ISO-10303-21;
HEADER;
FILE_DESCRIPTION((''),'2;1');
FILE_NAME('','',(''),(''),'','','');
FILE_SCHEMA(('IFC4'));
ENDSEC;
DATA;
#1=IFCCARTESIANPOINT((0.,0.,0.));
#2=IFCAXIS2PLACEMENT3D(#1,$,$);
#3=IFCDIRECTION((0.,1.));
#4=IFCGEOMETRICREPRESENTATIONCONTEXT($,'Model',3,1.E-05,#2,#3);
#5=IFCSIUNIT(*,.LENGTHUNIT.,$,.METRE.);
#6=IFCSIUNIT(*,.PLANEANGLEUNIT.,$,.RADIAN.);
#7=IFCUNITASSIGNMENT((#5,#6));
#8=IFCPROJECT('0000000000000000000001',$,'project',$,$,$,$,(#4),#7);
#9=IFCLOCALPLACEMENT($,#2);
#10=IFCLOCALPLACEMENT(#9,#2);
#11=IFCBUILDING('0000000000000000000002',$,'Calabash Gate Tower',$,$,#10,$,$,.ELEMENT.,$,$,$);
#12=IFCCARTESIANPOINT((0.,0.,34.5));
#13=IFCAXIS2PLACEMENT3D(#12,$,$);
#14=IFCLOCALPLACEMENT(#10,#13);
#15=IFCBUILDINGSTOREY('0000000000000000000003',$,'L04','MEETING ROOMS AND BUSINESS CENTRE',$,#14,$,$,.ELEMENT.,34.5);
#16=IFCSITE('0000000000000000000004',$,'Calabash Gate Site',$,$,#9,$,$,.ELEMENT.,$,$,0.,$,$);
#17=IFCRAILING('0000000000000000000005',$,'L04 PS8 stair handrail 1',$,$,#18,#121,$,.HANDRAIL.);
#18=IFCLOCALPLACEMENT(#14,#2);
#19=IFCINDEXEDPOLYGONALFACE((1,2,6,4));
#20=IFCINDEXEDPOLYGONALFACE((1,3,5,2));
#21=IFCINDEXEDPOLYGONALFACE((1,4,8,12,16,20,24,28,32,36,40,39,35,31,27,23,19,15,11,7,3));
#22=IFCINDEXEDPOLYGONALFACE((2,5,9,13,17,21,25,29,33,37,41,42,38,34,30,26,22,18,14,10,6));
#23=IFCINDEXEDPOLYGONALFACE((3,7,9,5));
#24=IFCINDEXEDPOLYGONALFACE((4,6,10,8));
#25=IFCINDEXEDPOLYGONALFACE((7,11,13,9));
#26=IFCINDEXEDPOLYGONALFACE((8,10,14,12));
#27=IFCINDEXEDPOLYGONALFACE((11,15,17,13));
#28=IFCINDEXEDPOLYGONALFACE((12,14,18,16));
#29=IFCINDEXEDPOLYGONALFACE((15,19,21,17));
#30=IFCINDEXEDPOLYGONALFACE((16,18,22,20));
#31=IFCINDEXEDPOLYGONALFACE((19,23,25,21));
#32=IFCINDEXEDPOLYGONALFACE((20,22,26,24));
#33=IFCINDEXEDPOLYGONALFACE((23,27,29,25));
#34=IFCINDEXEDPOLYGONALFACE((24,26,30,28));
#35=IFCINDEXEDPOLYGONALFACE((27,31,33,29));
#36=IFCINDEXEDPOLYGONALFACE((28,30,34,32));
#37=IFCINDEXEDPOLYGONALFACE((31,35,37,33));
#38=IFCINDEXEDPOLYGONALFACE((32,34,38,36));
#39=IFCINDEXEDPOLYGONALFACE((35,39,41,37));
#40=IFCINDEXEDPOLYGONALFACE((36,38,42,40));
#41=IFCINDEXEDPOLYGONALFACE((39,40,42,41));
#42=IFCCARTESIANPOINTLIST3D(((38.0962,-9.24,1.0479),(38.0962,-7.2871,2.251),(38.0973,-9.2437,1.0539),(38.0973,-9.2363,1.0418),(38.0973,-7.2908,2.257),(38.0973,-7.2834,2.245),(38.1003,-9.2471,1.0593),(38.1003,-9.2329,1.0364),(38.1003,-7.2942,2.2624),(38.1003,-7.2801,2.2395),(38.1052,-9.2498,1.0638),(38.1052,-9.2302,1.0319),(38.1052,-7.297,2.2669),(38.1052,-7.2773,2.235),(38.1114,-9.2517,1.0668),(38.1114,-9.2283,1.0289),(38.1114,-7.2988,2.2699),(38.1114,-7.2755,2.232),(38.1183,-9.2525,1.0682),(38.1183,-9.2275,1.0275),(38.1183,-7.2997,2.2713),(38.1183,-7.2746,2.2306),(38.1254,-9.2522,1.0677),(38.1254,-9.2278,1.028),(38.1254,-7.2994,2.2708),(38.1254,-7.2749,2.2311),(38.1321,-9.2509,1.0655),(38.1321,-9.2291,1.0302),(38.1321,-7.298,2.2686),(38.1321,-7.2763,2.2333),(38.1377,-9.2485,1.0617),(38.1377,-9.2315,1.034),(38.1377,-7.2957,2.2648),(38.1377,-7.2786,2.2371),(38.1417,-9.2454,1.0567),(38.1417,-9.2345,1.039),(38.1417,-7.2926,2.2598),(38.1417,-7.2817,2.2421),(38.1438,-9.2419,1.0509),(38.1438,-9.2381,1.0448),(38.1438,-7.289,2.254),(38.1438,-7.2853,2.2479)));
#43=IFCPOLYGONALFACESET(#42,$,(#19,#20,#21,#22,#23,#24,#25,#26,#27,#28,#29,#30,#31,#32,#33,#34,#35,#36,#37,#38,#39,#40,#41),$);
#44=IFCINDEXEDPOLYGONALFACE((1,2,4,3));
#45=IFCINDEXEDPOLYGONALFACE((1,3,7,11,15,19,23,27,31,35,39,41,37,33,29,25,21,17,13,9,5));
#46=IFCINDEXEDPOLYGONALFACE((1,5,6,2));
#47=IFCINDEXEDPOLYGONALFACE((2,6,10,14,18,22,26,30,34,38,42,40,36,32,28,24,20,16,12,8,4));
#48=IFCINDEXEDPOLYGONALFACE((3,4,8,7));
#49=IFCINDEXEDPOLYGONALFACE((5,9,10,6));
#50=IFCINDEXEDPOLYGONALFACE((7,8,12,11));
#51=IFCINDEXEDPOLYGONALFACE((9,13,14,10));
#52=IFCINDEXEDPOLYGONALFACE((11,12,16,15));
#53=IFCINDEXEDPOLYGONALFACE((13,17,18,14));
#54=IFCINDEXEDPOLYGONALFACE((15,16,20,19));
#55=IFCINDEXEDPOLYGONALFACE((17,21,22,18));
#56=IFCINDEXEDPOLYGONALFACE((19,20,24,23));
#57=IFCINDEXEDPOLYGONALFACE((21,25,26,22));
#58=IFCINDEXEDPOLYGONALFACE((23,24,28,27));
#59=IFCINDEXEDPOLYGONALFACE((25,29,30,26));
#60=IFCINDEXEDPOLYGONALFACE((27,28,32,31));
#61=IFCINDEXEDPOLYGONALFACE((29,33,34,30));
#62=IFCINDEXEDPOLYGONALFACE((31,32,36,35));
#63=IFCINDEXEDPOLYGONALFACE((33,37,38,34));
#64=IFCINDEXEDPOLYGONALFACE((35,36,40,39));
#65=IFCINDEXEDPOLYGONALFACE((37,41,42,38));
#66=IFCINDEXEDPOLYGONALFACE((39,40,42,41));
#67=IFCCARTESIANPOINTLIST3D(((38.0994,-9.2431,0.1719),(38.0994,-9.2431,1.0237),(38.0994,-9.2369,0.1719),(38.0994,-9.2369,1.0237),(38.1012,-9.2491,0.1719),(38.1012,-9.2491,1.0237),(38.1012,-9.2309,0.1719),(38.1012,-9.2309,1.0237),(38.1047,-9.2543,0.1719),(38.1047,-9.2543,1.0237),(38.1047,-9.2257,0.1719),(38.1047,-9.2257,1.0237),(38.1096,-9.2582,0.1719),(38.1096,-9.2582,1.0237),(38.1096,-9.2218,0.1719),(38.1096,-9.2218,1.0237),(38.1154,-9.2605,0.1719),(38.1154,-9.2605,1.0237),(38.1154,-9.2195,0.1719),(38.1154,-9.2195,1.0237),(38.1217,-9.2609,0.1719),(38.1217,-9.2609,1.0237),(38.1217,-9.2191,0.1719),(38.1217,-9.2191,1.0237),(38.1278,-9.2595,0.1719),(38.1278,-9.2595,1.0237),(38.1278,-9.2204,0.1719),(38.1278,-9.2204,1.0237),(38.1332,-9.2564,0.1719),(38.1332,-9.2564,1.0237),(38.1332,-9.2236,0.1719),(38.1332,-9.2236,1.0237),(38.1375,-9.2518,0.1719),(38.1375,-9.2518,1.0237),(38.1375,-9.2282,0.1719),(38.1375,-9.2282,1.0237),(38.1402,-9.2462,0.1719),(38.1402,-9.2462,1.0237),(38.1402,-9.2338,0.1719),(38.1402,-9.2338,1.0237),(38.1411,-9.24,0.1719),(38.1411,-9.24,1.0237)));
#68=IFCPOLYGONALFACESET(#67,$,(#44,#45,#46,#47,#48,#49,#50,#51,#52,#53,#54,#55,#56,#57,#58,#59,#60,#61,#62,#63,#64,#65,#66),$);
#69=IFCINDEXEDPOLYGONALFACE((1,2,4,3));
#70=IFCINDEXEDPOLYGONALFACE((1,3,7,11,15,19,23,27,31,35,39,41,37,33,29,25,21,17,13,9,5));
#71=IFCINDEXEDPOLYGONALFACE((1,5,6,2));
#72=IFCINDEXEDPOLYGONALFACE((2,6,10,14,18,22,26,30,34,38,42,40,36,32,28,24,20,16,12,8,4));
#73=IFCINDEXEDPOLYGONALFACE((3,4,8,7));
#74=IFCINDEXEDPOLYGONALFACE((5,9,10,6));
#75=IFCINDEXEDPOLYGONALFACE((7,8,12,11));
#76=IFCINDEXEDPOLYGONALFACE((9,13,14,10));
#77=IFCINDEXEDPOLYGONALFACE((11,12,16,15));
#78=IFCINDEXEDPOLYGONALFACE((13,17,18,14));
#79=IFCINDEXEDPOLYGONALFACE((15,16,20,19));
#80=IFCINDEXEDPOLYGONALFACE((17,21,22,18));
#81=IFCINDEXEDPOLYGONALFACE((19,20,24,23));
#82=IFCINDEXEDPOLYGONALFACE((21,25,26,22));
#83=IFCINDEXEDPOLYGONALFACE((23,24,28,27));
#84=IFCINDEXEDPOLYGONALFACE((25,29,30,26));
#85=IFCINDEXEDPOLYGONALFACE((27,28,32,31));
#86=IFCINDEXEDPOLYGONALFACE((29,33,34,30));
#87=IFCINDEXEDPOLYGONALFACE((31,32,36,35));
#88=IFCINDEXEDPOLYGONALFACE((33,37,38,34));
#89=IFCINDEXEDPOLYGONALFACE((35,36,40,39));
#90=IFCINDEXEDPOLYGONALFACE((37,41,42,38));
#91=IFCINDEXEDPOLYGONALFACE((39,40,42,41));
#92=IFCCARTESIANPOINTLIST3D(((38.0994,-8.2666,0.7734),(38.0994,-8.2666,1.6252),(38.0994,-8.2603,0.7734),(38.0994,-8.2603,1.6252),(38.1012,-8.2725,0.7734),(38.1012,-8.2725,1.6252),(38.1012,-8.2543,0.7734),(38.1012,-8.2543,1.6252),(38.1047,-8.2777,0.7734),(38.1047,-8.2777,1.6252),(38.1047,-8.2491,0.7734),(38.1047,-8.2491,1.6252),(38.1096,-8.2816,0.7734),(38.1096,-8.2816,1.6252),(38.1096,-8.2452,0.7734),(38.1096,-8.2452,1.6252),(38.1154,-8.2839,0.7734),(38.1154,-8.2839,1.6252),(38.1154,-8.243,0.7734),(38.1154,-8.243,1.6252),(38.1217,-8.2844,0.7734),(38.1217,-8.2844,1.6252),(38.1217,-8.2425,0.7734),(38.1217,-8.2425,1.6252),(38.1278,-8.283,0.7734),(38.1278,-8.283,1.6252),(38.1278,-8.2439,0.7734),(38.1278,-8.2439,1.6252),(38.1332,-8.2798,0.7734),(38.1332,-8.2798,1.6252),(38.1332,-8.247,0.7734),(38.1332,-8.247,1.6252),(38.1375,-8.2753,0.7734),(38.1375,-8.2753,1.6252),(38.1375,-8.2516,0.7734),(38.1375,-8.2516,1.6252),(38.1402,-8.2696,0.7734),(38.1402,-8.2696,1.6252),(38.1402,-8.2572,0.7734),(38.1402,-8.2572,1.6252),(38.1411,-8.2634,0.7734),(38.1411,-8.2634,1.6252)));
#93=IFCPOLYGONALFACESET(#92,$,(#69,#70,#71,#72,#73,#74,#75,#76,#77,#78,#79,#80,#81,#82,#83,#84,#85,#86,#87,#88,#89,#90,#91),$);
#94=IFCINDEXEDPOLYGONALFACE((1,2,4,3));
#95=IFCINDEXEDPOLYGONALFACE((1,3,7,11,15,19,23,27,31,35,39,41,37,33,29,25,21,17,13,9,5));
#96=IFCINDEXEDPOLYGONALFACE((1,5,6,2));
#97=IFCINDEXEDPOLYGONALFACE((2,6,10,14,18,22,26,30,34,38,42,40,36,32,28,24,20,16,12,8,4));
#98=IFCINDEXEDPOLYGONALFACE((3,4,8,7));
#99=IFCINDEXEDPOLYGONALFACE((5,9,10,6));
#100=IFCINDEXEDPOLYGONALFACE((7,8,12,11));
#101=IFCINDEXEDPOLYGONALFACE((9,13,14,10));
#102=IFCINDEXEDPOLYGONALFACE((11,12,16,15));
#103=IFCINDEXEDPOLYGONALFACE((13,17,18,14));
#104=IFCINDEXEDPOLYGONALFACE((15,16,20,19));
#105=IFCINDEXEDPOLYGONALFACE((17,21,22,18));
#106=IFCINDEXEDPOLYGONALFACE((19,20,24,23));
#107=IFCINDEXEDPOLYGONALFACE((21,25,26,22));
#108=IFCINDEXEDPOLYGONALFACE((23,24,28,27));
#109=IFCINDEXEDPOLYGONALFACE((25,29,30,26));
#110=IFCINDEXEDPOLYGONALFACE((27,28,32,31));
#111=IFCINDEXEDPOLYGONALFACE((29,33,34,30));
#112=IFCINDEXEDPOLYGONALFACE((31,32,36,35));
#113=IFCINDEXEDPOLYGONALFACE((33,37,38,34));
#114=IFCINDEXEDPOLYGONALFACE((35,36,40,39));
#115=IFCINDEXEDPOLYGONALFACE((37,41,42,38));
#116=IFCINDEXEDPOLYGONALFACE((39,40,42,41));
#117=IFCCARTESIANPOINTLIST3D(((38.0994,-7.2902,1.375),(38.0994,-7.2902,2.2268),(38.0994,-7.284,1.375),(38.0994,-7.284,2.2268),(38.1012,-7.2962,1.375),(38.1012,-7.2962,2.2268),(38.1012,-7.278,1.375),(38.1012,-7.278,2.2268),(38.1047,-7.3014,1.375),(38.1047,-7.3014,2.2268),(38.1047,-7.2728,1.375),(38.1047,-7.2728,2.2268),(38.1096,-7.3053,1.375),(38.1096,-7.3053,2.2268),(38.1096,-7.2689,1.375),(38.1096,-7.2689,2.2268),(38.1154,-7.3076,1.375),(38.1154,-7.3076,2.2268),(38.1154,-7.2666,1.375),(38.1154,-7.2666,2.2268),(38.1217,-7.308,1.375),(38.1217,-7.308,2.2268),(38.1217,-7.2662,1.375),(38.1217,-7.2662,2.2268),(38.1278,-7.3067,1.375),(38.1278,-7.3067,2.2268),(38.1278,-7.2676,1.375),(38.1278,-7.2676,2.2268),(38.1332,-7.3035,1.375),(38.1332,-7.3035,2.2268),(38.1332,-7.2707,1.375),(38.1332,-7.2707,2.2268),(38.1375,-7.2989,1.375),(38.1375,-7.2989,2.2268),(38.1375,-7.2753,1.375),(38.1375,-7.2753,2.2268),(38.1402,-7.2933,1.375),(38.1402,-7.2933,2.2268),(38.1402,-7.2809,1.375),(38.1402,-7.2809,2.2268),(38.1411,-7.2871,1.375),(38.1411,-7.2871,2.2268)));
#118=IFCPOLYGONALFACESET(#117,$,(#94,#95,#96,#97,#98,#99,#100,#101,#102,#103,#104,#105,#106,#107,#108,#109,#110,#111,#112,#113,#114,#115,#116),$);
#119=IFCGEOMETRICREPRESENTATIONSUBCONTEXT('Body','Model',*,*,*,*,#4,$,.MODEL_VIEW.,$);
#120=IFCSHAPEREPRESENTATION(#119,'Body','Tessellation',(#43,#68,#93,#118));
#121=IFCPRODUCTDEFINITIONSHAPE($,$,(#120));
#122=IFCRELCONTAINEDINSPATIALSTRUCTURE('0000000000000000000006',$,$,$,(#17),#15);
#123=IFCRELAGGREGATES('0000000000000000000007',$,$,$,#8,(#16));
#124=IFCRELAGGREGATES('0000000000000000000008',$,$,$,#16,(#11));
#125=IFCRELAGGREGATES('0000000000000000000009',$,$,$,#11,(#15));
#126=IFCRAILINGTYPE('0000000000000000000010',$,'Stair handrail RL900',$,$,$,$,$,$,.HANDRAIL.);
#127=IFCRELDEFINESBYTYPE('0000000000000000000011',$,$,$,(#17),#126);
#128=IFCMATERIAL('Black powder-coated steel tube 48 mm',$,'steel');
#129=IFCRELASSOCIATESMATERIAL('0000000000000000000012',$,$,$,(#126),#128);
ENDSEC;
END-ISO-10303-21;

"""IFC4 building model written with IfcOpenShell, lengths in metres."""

from ifc_helpers import new_model, si_unit, direction, frame, origin, origin_2d, place, context, subcontext, project, spatial, circle, extrude, material, type_object, element, save


model = new_model("IFC4")

# Units and contexts
model_context = context("Model", 3, precision=1e-05, world=origin(), true_north=direction((0.0, 1.0)))
body_context = subcontext(model_context, "Body", "Model", "MODEL_VIEW")
ifc_project = project(units=[si_unit("LENGTHUNIT", "METRE"), si_unit("PLANEANGLEUNIT", "RADIAN")], contexts=[model_context])

# Site, building, storey
site_placement = place(None, origin())
site = spatial("IfcSite", under=ifc_project, at=site_placement, Name="Calabash Gate Site", CompositionType="ELEMENT", RefElevation=0.0)
building_placement = place(site_placement, origin())
building = spatial("IfcBuilding", under=site, at=building_placement, Name="Calabash Gate Tower", CompositionType="ELEMENT")
storey_placement = place(building_placement, frame((0.0, 0.0, 34.5)))
storey = spatial("IfcBuildingStorey", under=building, at=storey_placement, Name="L04", Description="MEETING ROOMS AND BUSINESS CENTRE", CompositionType="ELEMENT", Elevation=34.5)

# Railing
ifc_material_1 = material(Name="Black powder-coated steel tube 48 mm", Category="steel")
railing_type_1 = type_object("IfcRailingType", Name="Stair handrail RL900", PredefinedType="HANDRAIL", material=ifc_material_1)
railing_1_placement = place(storey_placement, frame((38.1201, -9.24, 0.1719)))
element("IfcRailing", 1, at=railing_1_placement, inside=storey, type_object=railing_type_1, Name="L04 PS8 stair handrail 1", PredefinedType="HANDRAIL", context=body_context, shape_type="SweptSolid", body=[
    extrude(circle(Radius=0.0239, at=origin_2d()), frame((0.0, 0.0, 0.876), z_axis=(0.0, 0.851395, 0.524525), x_axis=(-1.0, 0.0, 0.0)), (0.0, 0.0, 1.0), 2.2937),
    extrude(circle(Radius=0.021, at=origin_2d()), origin(), (0.0, 0.0, 1.0), 0.8518),
    extrude(circle(Radius=0.021, at=origin_2d()), frame((0.0, 0.9766, 0.6016)), (0.0, 0.0, 1.0), 0.8518),
    extrude(circle(Radius=0.021, at=origin_2d()), frame((0.0, 1.9529, 1.2031)), (0.0, 0.0, 1.0), 0.8518),
])

save(model, "model.ifc")
